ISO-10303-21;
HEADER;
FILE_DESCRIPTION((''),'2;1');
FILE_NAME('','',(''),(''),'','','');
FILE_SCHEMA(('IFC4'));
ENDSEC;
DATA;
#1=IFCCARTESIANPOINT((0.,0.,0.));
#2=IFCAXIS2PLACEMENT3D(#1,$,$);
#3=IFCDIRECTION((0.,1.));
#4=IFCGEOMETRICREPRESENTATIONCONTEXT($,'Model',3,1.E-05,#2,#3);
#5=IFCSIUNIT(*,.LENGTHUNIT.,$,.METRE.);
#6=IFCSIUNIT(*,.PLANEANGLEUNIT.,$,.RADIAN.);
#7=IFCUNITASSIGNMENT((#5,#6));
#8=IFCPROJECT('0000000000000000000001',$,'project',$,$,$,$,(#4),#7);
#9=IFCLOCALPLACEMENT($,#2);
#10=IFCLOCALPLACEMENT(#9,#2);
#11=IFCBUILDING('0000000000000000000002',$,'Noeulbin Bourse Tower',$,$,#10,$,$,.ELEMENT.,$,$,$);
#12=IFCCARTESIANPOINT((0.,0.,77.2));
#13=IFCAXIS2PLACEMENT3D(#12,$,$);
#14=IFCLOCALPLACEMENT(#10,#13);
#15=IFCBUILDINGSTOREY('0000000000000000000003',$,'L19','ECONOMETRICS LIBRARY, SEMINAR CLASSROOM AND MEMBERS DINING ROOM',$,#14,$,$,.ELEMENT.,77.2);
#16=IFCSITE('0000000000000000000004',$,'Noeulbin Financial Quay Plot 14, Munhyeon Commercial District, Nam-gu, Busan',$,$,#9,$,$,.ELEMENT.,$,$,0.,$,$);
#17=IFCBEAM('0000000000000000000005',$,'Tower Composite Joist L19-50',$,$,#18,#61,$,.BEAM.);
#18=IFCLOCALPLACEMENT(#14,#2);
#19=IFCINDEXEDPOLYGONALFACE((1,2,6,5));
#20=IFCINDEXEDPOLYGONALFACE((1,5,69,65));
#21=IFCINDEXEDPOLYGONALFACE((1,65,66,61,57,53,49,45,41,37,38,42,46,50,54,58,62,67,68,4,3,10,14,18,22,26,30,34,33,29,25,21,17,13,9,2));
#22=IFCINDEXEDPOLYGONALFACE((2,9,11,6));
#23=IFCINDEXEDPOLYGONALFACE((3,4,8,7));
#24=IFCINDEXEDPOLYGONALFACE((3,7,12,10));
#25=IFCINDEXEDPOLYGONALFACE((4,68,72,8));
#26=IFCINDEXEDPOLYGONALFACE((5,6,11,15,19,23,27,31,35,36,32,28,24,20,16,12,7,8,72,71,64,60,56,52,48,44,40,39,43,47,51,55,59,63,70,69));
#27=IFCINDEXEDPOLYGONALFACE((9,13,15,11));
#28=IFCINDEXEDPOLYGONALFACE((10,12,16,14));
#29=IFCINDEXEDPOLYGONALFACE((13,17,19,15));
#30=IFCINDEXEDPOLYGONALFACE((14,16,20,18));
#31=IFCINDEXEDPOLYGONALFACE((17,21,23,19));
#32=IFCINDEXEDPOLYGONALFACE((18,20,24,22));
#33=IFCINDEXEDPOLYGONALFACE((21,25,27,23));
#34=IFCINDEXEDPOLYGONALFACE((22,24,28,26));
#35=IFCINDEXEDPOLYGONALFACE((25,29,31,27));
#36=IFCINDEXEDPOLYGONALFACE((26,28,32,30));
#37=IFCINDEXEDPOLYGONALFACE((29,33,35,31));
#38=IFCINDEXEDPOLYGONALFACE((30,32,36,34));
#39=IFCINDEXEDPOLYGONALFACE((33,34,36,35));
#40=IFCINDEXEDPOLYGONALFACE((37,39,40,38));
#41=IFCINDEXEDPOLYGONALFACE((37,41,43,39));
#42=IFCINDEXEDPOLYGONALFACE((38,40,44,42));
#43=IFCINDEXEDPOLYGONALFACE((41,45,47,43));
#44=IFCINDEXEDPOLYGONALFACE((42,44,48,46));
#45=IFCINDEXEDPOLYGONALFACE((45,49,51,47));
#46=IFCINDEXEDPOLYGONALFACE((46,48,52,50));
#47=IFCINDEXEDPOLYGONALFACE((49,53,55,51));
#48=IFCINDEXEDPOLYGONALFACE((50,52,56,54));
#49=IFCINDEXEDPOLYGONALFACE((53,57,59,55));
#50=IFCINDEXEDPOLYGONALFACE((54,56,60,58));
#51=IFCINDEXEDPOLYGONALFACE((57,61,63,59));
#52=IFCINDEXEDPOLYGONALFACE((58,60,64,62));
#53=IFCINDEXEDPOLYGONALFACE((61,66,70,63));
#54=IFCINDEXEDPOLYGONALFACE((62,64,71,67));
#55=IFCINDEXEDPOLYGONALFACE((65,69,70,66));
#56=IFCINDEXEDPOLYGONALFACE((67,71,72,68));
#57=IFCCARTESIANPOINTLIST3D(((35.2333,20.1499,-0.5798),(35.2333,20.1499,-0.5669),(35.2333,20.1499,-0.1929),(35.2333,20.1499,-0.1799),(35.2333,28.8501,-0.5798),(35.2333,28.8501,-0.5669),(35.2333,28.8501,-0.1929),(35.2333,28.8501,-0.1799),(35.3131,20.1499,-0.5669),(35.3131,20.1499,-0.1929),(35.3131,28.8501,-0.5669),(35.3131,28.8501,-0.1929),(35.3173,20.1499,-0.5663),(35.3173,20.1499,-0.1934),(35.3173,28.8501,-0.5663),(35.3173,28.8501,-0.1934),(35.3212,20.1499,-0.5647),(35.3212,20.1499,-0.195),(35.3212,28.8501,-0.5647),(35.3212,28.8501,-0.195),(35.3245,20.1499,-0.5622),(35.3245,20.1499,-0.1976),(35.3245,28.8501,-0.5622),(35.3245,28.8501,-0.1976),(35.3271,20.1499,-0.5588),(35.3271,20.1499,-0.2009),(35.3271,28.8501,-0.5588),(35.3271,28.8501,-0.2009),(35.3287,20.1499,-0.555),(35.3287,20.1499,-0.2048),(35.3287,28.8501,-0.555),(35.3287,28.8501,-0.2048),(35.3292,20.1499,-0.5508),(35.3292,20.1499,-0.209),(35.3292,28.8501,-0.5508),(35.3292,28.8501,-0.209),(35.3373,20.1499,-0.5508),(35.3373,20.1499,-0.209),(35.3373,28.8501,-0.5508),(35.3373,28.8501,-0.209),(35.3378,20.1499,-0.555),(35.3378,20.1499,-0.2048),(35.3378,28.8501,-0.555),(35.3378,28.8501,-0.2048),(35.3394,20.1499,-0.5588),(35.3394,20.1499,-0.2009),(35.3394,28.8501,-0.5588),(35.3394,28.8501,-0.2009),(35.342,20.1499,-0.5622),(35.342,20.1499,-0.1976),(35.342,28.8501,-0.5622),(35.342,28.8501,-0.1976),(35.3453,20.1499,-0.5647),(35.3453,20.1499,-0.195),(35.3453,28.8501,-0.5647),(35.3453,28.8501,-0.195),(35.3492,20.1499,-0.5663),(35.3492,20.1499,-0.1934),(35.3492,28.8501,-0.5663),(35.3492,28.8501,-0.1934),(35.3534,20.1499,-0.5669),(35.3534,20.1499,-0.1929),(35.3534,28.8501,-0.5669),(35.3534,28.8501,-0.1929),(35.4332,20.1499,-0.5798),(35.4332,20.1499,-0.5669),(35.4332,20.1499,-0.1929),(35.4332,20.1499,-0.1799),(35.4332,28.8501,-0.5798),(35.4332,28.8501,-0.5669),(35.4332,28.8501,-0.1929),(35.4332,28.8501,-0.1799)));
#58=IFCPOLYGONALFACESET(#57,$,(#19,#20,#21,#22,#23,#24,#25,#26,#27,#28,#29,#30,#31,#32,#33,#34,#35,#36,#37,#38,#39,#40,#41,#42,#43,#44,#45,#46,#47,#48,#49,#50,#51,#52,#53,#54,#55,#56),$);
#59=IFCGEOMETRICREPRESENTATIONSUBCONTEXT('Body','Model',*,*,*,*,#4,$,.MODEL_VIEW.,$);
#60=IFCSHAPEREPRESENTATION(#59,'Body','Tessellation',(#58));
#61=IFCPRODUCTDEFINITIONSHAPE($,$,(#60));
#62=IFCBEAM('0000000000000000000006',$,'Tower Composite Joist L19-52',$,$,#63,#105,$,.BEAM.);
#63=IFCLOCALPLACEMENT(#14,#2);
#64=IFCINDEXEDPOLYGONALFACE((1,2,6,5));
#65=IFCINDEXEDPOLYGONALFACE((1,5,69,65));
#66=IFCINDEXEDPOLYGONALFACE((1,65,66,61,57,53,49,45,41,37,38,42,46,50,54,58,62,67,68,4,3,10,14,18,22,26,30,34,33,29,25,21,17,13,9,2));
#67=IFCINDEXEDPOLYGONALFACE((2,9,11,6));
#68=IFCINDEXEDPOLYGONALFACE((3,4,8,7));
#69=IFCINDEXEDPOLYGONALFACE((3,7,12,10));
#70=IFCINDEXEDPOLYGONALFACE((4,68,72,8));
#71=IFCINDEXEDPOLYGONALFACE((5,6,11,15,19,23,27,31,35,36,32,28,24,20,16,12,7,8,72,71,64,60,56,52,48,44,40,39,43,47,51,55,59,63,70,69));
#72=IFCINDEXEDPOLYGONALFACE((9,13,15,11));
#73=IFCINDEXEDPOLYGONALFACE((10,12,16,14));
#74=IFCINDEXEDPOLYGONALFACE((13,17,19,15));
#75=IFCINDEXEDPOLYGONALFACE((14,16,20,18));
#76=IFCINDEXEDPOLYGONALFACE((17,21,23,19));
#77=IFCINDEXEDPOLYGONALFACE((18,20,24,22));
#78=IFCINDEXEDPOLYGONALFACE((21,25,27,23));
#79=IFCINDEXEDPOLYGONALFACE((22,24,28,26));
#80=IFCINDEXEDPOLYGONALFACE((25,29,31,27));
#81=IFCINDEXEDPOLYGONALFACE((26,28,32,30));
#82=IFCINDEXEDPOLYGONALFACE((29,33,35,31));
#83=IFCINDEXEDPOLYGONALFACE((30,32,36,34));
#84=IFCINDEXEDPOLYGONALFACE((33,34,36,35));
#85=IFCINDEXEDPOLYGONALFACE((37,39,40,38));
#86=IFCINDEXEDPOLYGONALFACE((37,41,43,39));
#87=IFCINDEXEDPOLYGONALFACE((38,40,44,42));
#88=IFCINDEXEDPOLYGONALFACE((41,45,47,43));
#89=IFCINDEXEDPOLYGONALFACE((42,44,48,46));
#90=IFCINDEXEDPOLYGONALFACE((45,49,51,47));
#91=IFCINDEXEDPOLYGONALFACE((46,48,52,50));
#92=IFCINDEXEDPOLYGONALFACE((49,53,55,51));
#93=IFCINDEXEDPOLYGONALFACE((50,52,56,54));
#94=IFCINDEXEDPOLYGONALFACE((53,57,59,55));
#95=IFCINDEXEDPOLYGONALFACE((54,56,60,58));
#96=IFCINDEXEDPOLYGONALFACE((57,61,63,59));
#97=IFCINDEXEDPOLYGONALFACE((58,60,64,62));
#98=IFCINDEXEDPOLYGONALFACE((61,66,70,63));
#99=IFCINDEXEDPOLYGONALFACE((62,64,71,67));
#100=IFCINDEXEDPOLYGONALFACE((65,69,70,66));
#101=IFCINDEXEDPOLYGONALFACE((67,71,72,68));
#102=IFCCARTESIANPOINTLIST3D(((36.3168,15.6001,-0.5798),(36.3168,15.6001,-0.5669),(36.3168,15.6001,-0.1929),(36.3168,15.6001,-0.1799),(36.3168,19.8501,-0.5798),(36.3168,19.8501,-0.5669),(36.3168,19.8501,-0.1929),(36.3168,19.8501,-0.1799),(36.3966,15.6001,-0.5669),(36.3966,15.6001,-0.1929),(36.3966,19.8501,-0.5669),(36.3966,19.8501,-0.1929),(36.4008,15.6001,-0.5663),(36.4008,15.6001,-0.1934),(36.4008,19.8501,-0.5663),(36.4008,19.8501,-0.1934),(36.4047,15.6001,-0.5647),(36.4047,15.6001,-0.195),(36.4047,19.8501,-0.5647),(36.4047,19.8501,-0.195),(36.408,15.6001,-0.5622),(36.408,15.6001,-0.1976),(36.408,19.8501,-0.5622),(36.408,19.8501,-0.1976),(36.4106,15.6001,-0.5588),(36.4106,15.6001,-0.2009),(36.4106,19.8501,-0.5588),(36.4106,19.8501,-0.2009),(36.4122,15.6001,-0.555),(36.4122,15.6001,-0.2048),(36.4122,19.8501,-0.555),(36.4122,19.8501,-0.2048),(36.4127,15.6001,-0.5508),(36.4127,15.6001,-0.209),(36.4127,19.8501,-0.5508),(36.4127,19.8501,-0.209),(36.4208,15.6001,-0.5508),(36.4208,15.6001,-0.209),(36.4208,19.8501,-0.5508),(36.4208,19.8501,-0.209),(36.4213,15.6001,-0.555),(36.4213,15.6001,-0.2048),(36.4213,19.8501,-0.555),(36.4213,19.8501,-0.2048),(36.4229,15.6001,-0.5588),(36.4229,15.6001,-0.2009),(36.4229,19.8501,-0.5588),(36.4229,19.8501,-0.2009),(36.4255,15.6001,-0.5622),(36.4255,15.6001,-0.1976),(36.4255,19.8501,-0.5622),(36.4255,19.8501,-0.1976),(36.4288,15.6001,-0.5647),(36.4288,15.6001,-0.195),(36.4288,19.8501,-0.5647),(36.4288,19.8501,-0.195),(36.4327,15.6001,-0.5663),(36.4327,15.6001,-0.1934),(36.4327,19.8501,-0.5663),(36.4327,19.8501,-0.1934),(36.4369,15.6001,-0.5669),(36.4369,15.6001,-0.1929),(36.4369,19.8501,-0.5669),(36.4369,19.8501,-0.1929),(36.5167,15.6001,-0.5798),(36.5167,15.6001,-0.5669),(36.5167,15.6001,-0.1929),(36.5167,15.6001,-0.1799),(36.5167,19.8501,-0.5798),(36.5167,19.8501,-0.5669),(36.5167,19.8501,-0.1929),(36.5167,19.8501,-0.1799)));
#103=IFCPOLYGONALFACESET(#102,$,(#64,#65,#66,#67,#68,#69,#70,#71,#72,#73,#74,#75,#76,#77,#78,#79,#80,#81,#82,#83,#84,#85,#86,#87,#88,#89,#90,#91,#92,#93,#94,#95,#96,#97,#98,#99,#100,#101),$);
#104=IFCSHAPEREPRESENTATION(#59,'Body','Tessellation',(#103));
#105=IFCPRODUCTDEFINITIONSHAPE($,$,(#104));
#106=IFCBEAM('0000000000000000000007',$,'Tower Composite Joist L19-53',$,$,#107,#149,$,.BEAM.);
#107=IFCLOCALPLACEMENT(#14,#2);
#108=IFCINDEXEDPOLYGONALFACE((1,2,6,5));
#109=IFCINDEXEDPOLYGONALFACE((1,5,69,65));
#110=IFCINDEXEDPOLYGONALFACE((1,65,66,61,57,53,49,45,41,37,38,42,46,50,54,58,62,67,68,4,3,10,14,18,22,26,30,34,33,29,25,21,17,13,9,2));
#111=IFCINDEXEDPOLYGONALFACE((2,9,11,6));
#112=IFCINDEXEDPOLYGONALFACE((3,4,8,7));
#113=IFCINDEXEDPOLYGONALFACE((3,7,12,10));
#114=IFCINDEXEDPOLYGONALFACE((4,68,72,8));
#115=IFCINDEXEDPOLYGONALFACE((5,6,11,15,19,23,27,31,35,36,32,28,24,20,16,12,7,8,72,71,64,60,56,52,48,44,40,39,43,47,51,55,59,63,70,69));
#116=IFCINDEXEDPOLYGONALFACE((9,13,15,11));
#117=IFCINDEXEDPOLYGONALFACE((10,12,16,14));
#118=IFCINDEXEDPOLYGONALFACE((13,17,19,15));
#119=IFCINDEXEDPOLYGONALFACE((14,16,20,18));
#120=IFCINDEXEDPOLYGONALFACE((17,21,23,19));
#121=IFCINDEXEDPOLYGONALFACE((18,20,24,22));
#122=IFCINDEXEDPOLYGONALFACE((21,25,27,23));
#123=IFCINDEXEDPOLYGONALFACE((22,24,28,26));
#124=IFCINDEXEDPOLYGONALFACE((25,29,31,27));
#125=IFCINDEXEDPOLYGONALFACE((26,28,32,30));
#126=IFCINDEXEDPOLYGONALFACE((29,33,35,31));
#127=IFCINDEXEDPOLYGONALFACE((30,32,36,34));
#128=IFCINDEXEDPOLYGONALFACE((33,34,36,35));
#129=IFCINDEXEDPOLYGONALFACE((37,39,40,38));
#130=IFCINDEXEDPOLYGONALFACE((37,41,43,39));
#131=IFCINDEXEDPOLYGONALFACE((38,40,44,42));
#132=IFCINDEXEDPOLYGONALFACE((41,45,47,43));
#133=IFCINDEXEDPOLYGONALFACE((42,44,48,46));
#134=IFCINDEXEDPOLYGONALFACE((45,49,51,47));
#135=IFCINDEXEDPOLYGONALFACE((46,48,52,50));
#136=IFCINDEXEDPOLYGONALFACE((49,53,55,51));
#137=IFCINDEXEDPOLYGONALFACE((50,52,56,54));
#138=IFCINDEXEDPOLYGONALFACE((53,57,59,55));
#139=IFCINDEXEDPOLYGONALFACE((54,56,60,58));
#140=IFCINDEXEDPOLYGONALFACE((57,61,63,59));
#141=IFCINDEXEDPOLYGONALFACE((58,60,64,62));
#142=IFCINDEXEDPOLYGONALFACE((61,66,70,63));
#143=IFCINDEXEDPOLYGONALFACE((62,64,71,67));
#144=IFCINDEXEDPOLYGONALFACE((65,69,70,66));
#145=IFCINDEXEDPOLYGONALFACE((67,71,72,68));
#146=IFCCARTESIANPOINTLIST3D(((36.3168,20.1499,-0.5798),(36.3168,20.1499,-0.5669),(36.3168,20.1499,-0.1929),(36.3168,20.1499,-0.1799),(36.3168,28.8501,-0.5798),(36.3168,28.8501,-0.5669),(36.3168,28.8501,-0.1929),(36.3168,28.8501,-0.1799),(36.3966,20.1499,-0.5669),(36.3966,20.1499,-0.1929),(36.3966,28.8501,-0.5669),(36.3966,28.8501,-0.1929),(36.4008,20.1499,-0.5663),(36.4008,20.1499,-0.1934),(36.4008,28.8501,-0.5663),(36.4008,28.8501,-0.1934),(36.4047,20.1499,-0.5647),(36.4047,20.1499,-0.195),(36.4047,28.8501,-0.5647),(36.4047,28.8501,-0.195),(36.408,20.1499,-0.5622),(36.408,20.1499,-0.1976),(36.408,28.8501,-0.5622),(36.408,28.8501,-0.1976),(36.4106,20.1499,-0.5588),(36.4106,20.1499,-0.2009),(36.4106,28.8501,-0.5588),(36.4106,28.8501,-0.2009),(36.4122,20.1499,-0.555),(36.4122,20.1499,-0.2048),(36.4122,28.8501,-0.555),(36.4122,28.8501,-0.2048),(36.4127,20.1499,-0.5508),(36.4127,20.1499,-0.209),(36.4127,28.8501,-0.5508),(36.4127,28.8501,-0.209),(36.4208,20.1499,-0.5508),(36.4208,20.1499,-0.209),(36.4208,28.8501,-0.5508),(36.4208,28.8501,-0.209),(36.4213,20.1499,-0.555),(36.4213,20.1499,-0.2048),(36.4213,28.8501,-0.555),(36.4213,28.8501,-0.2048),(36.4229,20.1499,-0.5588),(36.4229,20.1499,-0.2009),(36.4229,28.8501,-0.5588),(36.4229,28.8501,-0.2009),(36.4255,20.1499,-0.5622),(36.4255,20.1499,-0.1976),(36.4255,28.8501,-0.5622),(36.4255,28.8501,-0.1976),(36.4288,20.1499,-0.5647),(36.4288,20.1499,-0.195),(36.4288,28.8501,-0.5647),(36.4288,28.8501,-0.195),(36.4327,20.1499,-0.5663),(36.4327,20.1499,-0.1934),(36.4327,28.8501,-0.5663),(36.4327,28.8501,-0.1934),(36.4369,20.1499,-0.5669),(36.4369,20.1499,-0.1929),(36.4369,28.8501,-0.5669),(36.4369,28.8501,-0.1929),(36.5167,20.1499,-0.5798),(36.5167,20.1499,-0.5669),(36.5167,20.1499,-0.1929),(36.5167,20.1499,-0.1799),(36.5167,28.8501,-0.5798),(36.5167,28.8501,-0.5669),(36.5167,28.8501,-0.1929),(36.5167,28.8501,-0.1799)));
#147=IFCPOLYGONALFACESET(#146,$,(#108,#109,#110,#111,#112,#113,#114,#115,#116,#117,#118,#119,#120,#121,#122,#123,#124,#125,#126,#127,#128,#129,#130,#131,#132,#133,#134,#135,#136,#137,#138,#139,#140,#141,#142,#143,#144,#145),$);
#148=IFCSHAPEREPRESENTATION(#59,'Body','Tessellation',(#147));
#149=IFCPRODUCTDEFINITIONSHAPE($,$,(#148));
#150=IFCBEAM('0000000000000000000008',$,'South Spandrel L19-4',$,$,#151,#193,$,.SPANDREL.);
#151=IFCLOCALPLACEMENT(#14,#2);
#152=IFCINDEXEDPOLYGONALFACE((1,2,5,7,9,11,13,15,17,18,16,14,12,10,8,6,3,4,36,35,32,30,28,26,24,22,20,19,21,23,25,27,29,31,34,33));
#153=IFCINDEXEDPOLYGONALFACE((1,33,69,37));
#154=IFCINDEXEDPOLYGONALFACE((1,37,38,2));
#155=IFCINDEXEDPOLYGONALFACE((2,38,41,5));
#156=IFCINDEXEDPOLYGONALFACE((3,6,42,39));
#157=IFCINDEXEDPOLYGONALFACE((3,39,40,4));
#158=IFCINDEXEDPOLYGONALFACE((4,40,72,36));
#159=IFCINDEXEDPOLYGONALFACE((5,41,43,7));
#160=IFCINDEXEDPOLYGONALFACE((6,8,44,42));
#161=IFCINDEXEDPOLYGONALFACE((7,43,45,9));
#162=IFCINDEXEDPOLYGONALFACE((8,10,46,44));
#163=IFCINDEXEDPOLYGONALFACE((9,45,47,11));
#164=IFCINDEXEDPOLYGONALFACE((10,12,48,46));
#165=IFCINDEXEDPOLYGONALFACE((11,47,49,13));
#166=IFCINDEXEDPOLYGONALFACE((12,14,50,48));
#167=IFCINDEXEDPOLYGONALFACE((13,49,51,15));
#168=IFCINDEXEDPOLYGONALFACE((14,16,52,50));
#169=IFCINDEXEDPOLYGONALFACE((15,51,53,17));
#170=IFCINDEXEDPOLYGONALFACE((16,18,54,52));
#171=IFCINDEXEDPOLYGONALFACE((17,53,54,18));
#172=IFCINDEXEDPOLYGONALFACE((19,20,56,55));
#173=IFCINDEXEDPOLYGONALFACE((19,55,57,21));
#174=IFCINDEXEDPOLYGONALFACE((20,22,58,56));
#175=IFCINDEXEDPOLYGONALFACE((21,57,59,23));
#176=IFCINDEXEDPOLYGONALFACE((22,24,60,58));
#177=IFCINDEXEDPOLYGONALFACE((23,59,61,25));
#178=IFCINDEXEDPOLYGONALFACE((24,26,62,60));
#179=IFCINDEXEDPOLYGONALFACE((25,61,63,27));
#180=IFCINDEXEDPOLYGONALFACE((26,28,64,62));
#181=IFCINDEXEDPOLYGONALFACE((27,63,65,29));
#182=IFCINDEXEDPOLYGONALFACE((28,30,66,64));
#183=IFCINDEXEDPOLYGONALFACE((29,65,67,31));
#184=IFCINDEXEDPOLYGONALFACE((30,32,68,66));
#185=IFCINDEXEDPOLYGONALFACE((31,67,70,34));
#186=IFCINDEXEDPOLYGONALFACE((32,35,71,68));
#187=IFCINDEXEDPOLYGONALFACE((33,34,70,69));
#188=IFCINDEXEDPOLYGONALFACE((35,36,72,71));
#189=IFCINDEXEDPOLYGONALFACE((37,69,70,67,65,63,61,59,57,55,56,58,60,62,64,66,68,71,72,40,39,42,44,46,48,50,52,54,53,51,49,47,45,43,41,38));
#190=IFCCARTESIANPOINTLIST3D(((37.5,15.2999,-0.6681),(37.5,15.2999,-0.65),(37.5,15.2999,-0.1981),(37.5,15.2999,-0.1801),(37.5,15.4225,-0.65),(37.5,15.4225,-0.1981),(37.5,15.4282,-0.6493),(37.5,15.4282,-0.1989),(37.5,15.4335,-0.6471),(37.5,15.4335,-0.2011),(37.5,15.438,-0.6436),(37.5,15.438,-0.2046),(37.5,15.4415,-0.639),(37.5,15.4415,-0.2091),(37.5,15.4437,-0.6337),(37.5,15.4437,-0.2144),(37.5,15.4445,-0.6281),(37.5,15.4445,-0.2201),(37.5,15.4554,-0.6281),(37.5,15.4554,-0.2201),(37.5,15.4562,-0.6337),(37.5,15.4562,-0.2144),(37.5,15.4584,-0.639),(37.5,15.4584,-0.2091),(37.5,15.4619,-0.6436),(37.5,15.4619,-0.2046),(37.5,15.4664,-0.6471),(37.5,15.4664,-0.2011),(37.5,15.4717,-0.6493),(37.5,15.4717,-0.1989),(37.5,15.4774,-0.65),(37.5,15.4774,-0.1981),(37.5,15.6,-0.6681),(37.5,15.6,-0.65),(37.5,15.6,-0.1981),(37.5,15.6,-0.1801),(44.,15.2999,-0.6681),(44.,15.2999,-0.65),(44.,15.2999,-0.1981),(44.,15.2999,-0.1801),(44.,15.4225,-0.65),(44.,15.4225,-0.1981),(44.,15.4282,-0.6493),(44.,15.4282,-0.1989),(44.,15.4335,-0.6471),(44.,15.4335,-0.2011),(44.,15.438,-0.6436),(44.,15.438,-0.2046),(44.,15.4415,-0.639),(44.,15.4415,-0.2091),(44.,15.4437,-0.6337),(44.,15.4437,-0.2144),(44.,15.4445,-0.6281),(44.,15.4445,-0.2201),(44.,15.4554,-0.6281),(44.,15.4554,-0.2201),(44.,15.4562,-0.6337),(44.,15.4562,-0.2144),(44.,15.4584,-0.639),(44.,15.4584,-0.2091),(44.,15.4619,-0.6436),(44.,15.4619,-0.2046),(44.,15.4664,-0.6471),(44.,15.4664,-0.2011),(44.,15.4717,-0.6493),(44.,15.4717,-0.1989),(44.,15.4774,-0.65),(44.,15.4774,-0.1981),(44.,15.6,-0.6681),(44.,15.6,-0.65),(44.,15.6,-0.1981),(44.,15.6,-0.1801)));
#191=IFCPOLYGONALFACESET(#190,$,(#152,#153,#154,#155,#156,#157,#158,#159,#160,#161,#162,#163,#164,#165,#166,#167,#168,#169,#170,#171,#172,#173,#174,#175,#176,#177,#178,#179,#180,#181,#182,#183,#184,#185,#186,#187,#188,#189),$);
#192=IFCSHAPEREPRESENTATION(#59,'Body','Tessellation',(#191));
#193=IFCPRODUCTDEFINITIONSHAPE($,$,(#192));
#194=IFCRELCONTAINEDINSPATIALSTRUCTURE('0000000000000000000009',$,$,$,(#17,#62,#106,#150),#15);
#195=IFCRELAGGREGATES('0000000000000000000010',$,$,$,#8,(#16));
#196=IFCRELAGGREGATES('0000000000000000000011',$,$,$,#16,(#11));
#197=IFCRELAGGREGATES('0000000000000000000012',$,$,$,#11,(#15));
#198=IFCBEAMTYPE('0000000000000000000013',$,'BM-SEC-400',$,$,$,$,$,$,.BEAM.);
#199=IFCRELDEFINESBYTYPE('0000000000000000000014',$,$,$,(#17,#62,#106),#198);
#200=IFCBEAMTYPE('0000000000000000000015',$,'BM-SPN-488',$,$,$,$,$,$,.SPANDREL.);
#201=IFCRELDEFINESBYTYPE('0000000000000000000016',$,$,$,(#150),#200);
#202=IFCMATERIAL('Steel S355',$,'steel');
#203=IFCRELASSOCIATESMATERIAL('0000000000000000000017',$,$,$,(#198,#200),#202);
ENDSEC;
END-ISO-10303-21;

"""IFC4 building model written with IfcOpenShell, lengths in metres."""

from ifc_helpers import new_model, si_unit, direction, frame, origin, origin_2d, place, context, subcontext, project, spatial, i_section, extrude, material, material_profile, profile_set, type_object, element, save


model = new_model("IFC4")

# Units and contexts
model_context = context("Model", 3, precision=1e-05, world=origin(), true_north=direction((0.0, 1.0)))
body_context = subcontext(model_context, "Body", "Model", "MODEL_VIEW")
ifc_project = project(units=[si_unit("LENGTHUNIT", "METRE"), si_unit("PLANEANGLEUNIT", "RADIAN")], contexts=[model_context])

# Site, building, storey
site_placement = place(None, origin())
site = spatial("IfcSite", under=ifc_project, at=site_placement, Name="Noeulbin Financial Quay Plot 14, Munhyeon Commercial District, Nam-gu, Busan", CompositionType="ELEMENT", RefElevation=0.0)
building_placement = place(site_placement, origin())
building = spatial("IfcBuilding", under=site, at=building_placement, Name="Noeulbin Bourse Tower", CompositionType="ELEMENT")
storey_placement = place(building_placement, frame((0.0, 0.0, 77.2)))
storey = spatial("IfcBuildingStorey", under=building, at=storey_placement, Name="L19", Description="ECONOMETRICS LIBRARY, SEMINAR CLASSROOM AND MEMBERS DINING ROOM", CompositionType="ELEMENT", Elevation=77.2)

# Shared definitions
ifc_material_1 = material(Name="Steel S355", Category="steel")

# Beams
ifc_material_profile_1 = material_profile(ifc_material_1, i_section(OverallWidth=0.2, OverallDepth=0.3999, WebThickness=0.0081, FlangeThickness=0.0129, FilletRadius=0.0161, at=origin_2d()), Name="H-400x200x8x13", Category="LoadBearing")
ifc_profile_set_1 = profile_set([ifc_material_profile_1], Name="Steel S355")
beam_type_1 = type_object("IfcBeamType", Name="BM-SEC-400", PredefinedType="BEAM", material=ifc_profile_set_1)
beam_1_placement = place(storey_placement, frame((35.3333, 20.1499, -0.3799), z_axis=(0.0, 1.0, 0.0), x_axis=(-1.0, 0.0, 0.0)))
element("IfcBeam", 1, at=beam_1_placement, inside=storey, type_object=beam_type_1, Name="Tower Composite Joist L19-50", PredefinedType="BEAM", context=body_context, shape_type="SweptSolid", body=[
    extrude(i_section(OverallWidth=0.2, OverallDepth=0.3999, WebThickness=0.0081, FlangeThickness=0.0129, FilletRadius=0.0161, at=origin_2d()), origin(), (0.0, 0.0, 1.0), 8.7002),
])
beam_2_placement = place(storey_placement, frame((36.4167, 15.6001, -0.3799), z_axis=(0.0, 1.0, 0.0), x_axis=(-1.0, 0.0, 0.0)))
element("IfcBeam", 2, at=beam_2_placement, inside=storey, type_object=beam_type_1, Name="Tower Composite Joist L19-52", PredefinedType="BEAM", context=body_context, shape_type="SweptSolid", body=[
    extrude(i_section(OverallWidth=0.2, OverallDepth=0.3999, WebThickness=0.0081, FlangeThickness=0.0129, FilletRadius=0.0161, at=origin_2d()), origin(), (0.0, 0.0, 1.0), 4.25),
])
beam_3_placement = place(storey_placement, frame((36.4167, 20.1499, -0.3799), z_axis=(0.0, 1.0, 0.0), x_axis=(-1.0, 0.0, 0.0)))
element("IfcBeam", 3, at=beam_3_placement, inside=storey, type_object=beam_type_1, Name="Tower Composite Joist L19-53", PredefinedType="BEAM", context=body_context, shape_type="SweptSolid", body=[
    extrude(i_section(OverallWidth=0.2, OverallDepth=0.3999, WebThickness=0.0081, FlangeThickness=0.0129, FilletRadius=0.0161, at=origin_2d()), origin(), (0.0, 0.0, 1.0), 8.7002),
])
ifc_material_profile_2 = material_profile(ifc_material_1, i_section(OverallWidth=0.3, OverallDepth=0.488, WebThickness=0.011, FlangeThickness=0.0181, FilletRadius=0.022, at=origin_2d()), Name="H-488x300x11x18", Category="LoadBearing")
ifc_profile_set_2 = profile_set([ifc_material_profile_2], Name="Steel S355")
beam_type_2 = type_object("IfcBeamType", Name="BM-SPN-488", PredefinedType="SPANDREL", material=ifc_profile_set_2)
beam_4_placement = place(storey_placement, frame((37.5, 15.45, -0.4241), z_axis=(1.0, 0.0, 0.0), x_axis=(0.0, 1.0, 0.0)))
element("IfcBeam", 4, at=beam_4_placement, inside=storey, type_object=beam_type_2, Name="South Spandrel L19-4", PredefinedType="SPANDREL", context=body_context, shape_type="SweptSolid", body=[
    extrude(i_section(OverallWidth=0.3, OverallDepth=0.488, WebThickness=0.011, FlangeThickness=0.0181, FilletRadius=0.022, at=origin_2d()), origin(), (0.0, 0.0, 1.0), 6.5),
])

save(model, "model.ifc")
